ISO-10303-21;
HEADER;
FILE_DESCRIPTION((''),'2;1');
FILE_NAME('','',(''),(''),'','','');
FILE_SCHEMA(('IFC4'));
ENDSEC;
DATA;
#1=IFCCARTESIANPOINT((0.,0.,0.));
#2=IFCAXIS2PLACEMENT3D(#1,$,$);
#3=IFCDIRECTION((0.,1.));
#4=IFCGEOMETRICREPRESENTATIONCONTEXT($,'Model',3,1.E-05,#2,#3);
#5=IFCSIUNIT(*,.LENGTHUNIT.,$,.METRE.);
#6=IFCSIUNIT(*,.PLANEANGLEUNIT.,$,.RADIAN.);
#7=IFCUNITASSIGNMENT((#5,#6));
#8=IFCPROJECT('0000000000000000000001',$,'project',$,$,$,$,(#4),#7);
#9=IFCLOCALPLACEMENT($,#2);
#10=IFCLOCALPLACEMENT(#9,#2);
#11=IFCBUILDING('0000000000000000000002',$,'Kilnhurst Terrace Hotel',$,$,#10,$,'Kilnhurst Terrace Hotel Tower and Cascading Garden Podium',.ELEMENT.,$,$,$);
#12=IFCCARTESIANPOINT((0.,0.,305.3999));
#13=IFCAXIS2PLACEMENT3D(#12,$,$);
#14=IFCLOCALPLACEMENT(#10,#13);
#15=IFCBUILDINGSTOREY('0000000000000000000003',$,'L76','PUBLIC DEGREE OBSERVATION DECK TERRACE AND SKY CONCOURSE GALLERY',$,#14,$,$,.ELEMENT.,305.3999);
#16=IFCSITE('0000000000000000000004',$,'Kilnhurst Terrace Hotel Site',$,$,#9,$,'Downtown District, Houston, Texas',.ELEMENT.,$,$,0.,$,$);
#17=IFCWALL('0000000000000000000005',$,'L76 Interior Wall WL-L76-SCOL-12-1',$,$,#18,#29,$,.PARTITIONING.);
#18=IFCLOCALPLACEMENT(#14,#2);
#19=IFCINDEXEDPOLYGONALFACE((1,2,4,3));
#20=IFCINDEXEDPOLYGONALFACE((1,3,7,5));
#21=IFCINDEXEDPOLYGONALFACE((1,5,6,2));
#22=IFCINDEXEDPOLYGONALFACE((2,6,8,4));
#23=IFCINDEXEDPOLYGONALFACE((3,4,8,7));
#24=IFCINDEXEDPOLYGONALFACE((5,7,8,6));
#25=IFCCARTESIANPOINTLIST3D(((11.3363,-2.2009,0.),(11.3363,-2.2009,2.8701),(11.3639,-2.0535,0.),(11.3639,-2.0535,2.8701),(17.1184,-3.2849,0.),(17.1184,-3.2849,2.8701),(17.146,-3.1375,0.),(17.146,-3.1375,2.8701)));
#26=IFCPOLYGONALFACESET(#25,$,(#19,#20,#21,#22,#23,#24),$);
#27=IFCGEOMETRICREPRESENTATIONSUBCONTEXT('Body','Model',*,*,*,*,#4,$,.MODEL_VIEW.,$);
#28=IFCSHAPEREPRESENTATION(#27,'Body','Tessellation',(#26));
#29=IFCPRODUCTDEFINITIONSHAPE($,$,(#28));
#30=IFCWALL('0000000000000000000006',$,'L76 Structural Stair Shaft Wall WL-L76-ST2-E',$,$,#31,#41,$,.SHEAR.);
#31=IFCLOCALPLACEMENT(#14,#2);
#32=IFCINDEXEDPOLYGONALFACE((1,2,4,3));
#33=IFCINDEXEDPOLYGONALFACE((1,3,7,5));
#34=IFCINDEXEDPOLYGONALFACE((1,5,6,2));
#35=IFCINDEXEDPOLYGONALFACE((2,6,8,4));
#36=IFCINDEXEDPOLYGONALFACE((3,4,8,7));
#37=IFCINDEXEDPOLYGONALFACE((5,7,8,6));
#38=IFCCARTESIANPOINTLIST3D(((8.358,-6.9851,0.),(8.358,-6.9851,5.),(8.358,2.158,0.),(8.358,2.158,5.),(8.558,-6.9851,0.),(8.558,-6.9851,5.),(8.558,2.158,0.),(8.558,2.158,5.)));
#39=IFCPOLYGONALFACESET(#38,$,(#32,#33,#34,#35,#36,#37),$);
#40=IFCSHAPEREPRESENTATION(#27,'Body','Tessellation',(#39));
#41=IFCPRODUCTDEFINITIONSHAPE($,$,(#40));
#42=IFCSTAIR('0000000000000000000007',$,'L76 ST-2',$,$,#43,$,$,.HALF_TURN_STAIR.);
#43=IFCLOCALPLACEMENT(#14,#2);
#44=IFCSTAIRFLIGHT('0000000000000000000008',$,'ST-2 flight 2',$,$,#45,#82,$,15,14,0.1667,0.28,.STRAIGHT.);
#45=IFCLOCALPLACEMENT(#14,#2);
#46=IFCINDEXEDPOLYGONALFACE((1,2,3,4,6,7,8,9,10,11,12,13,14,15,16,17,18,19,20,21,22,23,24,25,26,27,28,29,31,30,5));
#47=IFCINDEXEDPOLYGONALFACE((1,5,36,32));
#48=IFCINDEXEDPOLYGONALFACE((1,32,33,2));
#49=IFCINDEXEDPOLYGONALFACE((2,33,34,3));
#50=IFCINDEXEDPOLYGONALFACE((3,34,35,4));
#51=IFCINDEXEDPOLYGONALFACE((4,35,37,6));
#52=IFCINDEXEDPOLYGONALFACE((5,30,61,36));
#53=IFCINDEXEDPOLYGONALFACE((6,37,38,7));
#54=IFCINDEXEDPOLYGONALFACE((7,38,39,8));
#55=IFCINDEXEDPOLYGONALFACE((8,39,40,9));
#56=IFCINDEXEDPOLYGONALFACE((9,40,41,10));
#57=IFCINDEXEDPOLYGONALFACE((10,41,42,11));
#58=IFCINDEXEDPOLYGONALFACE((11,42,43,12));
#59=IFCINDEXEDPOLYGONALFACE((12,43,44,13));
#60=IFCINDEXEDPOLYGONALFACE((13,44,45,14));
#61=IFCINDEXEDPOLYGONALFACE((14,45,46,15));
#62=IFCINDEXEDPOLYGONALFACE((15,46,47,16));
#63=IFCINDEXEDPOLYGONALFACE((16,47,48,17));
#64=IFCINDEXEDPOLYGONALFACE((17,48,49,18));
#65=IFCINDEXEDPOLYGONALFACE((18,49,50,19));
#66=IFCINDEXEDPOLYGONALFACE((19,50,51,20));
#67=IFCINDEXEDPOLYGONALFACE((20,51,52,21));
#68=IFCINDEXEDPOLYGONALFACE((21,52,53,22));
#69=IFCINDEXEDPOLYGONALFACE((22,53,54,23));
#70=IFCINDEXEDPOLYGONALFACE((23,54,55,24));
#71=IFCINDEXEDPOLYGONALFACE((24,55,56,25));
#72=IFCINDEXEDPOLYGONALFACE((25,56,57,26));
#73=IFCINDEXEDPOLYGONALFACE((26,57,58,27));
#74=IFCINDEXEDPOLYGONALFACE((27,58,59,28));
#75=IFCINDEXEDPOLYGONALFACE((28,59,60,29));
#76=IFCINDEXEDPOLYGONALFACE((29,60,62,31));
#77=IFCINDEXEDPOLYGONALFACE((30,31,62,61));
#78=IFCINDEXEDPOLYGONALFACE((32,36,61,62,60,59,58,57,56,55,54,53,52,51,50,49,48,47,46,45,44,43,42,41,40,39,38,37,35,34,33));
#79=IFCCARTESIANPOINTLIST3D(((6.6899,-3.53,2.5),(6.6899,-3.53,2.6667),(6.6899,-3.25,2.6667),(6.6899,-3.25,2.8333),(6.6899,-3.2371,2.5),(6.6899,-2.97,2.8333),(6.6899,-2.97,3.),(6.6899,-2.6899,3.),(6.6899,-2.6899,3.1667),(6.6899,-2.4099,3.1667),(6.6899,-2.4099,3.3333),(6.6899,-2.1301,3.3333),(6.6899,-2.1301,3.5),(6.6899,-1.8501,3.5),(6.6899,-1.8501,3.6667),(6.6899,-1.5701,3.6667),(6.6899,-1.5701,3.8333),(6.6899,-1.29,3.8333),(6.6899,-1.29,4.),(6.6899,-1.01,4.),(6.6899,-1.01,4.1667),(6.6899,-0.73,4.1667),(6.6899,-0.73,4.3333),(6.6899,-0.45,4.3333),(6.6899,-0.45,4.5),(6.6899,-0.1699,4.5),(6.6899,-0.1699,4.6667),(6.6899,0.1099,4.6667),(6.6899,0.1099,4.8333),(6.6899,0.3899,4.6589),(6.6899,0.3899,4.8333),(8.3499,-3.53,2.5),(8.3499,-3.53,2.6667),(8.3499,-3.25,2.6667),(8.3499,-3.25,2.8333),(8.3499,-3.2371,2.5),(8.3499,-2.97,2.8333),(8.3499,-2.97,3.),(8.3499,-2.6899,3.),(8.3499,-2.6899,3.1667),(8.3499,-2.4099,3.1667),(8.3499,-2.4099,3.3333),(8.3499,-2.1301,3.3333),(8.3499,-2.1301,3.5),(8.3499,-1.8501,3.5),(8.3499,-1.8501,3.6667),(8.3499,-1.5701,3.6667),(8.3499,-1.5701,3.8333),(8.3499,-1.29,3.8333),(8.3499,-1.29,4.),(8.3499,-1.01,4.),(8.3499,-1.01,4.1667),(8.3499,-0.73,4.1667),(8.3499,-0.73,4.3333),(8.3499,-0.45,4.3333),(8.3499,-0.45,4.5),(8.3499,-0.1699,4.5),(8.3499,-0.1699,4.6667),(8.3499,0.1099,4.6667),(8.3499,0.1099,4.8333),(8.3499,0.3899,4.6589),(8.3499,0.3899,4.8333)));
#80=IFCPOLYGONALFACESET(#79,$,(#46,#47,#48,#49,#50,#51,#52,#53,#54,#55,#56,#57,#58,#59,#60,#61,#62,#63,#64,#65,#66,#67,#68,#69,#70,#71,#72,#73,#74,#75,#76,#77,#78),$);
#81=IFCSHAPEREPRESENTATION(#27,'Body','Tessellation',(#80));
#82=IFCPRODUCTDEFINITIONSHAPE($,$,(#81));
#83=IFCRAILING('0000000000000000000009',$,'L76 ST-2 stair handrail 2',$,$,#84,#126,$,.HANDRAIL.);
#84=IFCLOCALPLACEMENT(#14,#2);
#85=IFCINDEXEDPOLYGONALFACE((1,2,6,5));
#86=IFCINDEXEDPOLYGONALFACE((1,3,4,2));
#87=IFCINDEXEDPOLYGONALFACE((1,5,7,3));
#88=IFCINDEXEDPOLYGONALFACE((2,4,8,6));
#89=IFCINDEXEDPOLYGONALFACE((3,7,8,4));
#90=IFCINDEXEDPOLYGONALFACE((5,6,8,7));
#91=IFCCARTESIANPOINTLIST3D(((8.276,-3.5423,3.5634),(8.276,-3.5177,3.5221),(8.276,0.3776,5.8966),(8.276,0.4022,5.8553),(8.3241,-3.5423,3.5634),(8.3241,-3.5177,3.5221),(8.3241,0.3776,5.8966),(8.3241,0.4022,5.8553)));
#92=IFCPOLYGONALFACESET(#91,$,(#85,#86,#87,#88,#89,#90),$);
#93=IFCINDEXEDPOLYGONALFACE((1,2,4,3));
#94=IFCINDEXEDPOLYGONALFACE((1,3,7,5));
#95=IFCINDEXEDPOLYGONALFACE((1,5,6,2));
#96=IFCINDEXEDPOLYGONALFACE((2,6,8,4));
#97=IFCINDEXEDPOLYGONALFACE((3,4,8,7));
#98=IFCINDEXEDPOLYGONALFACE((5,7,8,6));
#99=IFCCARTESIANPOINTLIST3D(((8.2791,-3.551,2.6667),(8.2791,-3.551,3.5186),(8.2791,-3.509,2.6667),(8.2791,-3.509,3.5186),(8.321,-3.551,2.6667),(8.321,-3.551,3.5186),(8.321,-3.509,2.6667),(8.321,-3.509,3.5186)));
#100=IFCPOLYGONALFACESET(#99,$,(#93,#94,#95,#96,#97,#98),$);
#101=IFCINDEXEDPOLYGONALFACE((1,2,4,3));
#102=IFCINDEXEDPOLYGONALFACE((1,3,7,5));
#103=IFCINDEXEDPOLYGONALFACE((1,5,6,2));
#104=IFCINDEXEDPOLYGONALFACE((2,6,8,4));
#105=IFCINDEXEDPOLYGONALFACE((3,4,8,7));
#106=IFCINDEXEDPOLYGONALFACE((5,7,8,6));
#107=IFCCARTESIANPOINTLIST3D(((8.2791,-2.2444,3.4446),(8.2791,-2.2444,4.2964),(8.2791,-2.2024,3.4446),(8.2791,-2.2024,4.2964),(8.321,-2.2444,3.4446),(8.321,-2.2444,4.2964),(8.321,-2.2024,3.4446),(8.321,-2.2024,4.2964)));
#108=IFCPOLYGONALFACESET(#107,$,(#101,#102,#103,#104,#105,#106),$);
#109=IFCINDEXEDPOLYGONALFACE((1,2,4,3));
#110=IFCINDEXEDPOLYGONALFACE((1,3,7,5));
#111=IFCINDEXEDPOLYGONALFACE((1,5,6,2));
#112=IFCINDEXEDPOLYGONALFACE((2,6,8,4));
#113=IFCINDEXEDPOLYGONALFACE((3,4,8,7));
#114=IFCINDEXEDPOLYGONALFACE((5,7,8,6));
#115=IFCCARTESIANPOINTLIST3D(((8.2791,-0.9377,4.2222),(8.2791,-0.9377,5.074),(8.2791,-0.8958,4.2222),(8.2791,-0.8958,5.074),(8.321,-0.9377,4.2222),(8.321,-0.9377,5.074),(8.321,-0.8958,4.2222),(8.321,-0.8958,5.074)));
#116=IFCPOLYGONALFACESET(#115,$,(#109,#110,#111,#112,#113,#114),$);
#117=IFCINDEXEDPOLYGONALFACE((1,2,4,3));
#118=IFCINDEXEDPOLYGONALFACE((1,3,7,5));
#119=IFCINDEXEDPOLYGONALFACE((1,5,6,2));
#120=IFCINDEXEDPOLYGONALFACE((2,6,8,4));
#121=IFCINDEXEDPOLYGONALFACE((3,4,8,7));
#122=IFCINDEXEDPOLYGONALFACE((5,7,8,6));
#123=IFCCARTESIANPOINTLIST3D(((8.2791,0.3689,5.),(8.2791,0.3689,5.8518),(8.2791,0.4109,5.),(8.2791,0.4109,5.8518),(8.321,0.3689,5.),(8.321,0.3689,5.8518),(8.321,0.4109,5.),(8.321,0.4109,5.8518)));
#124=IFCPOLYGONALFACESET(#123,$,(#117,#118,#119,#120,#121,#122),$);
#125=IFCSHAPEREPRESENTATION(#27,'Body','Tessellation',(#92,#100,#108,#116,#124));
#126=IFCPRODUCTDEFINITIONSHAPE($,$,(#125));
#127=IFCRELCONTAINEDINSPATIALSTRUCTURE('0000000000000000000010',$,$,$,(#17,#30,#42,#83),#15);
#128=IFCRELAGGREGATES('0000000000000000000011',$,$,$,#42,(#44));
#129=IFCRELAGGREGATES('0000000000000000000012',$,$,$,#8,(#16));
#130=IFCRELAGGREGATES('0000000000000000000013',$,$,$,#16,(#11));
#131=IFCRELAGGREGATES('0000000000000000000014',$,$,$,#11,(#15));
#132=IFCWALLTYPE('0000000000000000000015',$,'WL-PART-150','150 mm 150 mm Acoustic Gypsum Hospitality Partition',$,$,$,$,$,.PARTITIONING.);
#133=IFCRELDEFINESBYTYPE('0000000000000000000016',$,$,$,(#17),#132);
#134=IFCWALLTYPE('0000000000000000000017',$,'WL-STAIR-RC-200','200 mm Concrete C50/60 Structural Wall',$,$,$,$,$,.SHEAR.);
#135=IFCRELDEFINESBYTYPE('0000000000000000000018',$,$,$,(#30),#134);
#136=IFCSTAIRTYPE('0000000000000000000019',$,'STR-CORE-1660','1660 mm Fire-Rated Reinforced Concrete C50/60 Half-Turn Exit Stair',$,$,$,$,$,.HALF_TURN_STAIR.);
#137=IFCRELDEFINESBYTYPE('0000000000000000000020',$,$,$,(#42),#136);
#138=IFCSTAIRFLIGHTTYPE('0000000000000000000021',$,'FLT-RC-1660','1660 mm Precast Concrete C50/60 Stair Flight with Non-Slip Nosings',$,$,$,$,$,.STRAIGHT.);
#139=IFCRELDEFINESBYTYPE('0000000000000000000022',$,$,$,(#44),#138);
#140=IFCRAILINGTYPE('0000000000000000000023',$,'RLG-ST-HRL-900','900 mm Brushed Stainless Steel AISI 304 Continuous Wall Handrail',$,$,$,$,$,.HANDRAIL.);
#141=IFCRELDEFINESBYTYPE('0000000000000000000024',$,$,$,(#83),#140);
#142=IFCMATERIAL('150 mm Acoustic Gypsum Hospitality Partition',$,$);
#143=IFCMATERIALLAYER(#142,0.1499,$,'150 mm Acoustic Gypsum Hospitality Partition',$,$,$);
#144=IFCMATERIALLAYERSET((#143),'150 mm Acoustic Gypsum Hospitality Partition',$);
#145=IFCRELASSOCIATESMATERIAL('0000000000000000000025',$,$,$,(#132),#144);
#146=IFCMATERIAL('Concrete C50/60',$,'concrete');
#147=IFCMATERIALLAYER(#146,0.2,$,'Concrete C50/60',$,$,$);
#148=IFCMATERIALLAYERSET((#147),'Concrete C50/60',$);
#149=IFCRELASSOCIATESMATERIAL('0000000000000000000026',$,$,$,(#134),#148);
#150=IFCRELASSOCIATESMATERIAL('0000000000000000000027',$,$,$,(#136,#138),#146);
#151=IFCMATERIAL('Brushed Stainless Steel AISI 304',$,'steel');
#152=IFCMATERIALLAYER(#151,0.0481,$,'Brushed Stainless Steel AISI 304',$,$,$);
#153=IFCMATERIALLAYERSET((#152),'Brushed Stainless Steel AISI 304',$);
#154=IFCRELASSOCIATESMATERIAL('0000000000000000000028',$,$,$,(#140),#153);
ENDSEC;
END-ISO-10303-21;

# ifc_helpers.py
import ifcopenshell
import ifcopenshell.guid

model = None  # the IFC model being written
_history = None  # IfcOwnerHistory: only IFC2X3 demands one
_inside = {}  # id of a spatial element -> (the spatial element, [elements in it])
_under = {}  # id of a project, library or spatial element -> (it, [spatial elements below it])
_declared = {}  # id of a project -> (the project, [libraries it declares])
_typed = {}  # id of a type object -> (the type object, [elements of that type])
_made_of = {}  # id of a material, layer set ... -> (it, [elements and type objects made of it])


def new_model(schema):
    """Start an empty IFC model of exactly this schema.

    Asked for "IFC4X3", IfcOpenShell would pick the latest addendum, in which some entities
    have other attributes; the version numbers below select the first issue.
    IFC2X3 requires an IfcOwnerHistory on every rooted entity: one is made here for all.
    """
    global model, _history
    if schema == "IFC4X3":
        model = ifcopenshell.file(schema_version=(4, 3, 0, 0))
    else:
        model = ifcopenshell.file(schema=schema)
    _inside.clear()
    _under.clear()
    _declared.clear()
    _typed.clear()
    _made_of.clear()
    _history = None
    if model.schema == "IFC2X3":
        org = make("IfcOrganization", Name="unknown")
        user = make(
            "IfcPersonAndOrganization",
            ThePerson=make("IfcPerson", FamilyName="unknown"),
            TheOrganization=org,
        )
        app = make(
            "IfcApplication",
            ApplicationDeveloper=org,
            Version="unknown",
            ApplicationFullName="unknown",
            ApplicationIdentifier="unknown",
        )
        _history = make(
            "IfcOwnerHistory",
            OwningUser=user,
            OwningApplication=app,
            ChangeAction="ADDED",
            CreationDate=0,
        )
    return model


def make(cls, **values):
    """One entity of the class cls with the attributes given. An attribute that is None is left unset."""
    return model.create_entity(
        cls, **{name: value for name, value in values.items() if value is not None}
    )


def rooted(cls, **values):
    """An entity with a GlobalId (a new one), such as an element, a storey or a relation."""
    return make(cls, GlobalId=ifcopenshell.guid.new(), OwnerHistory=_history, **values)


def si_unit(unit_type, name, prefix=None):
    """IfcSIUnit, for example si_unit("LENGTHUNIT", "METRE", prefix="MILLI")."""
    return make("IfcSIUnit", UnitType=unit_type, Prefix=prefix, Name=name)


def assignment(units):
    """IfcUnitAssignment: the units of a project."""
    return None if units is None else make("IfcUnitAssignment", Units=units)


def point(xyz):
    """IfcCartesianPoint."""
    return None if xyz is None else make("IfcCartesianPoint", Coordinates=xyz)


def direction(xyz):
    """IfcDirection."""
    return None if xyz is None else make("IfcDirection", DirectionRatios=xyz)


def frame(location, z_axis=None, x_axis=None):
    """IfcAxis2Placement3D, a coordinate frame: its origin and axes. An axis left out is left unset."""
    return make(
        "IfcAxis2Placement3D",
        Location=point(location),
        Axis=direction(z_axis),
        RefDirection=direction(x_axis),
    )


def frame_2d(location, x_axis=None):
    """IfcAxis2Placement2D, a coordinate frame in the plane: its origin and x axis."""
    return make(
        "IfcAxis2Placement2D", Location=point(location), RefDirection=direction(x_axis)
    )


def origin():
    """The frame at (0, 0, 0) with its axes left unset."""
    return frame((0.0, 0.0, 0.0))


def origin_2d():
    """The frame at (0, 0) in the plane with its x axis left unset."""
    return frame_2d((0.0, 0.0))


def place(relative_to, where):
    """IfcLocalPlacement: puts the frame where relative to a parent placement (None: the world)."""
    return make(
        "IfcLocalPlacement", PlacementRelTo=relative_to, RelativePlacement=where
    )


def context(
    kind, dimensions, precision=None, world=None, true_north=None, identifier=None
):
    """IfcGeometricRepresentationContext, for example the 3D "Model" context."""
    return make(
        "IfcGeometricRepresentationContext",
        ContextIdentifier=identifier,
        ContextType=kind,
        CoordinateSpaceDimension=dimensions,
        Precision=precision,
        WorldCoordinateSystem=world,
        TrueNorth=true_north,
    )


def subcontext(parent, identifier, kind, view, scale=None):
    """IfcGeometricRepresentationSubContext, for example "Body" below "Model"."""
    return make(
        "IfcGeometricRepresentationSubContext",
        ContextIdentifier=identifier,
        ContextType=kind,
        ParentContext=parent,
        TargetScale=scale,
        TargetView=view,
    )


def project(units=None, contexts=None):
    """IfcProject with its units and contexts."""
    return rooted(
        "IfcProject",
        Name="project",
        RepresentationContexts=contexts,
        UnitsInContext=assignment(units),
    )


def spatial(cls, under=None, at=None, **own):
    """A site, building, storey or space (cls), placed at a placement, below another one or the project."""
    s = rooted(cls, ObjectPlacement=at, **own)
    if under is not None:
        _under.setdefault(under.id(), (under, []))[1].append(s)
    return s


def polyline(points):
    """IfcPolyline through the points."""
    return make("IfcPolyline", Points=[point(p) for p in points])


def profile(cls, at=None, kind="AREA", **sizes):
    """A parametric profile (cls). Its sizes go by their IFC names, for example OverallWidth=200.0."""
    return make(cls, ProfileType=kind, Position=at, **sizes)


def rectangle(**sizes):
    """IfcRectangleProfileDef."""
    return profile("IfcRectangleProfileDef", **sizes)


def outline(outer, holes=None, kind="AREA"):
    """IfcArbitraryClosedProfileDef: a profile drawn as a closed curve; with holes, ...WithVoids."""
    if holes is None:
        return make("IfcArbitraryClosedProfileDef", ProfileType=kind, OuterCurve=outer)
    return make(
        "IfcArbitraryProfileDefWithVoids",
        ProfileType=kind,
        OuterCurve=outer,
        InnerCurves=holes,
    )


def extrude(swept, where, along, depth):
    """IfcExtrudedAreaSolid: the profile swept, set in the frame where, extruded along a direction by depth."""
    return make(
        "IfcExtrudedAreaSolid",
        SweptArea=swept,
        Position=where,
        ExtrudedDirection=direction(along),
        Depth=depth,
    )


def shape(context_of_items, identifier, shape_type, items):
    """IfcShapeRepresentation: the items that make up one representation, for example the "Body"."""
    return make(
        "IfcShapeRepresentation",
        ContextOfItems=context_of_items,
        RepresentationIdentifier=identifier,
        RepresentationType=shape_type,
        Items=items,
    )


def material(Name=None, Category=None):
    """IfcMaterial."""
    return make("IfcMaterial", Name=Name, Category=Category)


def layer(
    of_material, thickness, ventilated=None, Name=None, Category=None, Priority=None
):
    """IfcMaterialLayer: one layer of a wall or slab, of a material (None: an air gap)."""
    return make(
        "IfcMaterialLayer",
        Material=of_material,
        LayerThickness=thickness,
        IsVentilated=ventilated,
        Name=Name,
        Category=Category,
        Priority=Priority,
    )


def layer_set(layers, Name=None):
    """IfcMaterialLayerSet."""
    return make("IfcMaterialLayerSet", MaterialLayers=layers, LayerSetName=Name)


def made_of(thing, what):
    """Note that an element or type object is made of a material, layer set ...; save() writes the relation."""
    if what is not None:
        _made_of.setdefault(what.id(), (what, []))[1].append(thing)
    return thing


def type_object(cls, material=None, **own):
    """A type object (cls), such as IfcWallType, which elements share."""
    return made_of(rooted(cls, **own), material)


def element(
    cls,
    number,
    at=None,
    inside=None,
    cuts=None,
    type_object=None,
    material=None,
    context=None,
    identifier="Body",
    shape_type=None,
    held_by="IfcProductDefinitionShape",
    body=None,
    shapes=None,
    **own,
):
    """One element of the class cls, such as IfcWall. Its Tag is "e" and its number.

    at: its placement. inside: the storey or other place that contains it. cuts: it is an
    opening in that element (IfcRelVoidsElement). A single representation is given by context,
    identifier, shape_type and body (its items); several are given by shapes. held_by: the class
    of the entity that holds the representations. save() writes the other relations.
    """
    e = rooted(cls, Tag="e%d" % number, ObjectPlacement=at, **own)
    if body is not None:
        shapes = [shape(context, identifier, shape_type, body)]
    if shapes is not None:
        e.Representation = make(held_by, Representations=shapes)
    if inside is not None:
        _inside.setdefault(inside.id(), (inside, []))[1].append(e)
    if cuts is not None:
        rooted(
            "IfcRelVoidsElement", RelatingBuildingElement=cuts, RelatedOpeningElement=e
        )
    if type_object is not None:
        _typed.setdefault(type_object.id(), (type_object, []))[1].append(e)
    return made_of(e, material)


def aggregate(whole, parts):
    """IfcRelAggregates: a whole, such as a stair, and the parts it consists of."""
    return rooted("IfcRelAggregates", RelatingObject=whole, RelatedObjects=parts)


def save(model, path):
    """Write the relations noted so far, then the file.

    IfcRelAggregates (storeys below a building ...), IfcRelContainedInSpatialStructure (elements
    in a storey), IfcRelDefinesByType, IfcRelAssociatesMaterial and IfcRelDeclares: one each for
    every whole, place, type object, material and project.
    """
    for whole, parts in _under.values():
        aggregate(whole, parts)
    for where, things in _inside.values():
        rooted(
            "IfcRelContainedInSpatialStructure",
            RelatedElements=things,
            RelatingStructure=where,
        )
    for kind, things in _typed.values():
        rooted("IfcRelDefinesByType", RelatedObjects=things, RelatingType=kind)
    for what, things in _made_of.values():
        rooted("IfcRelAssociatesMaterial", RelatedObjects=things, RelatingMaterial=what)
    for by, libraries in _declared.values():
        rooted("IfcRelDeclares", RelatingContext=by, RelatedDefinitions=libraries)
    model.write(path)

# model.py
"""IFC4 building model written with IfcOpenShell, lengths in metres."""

from ifc_helpers import new_model, si_unit, direction, frame, frame_2d, origin, origin_2d, place, context, subcontext, project, spatial, polyline, rectangle, outline, extrude, material, layer, layer_set, type_object, element, aggregate, save


model = new_model("IFC4")

# Units and contexts
model_context = context("Model", 3, precision=1e-05, world=origin(), true_north=direction((0.0, 1.0)))
body_context = subcontext(model_context, "Body", "Model", "MODEL_VIEW")
ifc_project = project(units=[si_unit("LENGTHUNIT", "METRE"), si_unit("PLANEANGLEUNIT", "RADIAN")], contexts=[model_context])

# Site, building, storey
site_placement = place(None, origin())
site = spatial("IfcSite", under=ifc_project, at=site_placement, Name="Kilnhurst Terrace Hotel Site", LongName="Downtown District, Houston, Texas", CompositionType="ELEMENT", RefElevation=0.0)
building_placement = place(site_placement, origin())
building = spatial("IfcBuilding", under=site, at=building_placement, Name="Kilnhurst Terrace Hotel", LongName="Kilnhurst Terrace Hotel Tower and Cascading Garden Podium", CompositionType="ELEMENT")
storey_placement = place(building_placement, frame((0.0, 0.0, 305.3999)))
storey = spatial("IfcBuildingStorey", under=building, at=storey_placement, Name="L76", Description="PUBLIC DEGREE OBSERVATION DECK TERRACE AND SKY CONCOURSE GALLERY", CompositionType="ELEMENT", Elevation=305.3999)

# Walls
ifc_material_1 = material(Name="150 mm Acoustic Gypsum Hospitality Partition")
ifc_layer_1 = layer(ifc_material_1, 0.1499, Name="150 mm Acoustic Gypsum Hospitality Partition")
ifc_layer_set_1 = layer_set([ifc_layer_1], Name="150 mm Acoustic Gypsum Hospitality Partition")
wall_type_1 = type_object("IfcWallType", Name="WL-PART-150", Description="150 mm 150 mm Acoustic Gypsum Hospitality Partition", PredefinedType="PARTITIONING", material=ifc_layer_set_1)
wall_1_placement = place(storey_placement, frame((11.3501, -2.1272, 0.0), z_axis=(0.0, 0.0, 1.0), x_axis=(0.982876, -0.184266, 0.0)))
element("IfcWall", 1, at=wall_1_placement, inside=storey, type_object=wall_type_1, Name="L76 Interior Wall WL-L76-SCOL-12-1", PredefinedType="PARTITIONING", context=body_context, shape_type="SweptSolid", body=[
    extrude(rectangle(XDim=5.8828, YDim=0.1499, at=frame_2d((2.9414, 0.0))), origin(), (0.0, 0.0, 1.0), 2.8701),
])
ifc_material_2 = material(Name="Concrete C50/60", Category="concrete")
ifc_layer_2 = layer(ifc_material_2, 0.2, Name="Concrete C50/60")
ifc_layer_set_2 = layer_set([ifc_layer_2], Name="Concrete C50/60")
wall_type_2 = type_object("IfcWallType", Name="WL-STAIR-RC-200", Description="200 mm Concrete C50/60 Structural Wall", PredefinedType="SHEAR", material=ifc_layer_set_2)
wall_2_placement = place(storey_placement, frame((8.458, -6.9851, 0.0), z_axis=(0.0, 0.0, 1.0), x_axis=(0.0, 1.0, 0.0)))
element("IfcWall", 2, at=wall_2_placement, inside=storey, type_object=wall_type_2, Name="L76 Structural Stair Shaft Wall WL-L76-ST2-E", PredefinedType="SHEAR", context=body_context, shape_type="SweptSolid", body=[
    extrude(rectangle(XDim=9.1431, YDim=0.2, at=frame_2d((4.5715, 0.0))), origin(), (0.0, 0.0, 1.0), 5.0),
])

# Stair, stair flight
stair_type = type_object("IfcStairType", Name="STR-CORE-1660", Description="1660 mm Fire-Rated Reinforced Concrete C50/60 Half-Turn Exit Stair", PredefinedType="HALF_TURN_STAIR", material=ifc_material_2)
stair_placement = place(storey_placement, origin())
stair = element("IfcStair", 3, at=stair_placement, inside=storey, type_object=stair_type, Name="L76 ST-2", PredefinedType="HALF_TURN_STAIR")
stair_flight_type = type_object("IfcStairFlightType", Name="FLT-RC-1660", Description="1660 mm Precast Concrete C50/60 Stair Flight with Non-Slip Nosings", PredefinedType="STRAIGHT", material=ifc_material_2)
stair_flight_placement = place(storey_placement, frame((7.52, -3.53, 2.5), z_axis=(0.0, 0.0, 1.0), x_axis=(0.0, 1.0, 0.0)))
stair_flight = element("IfcStairFlight", 4, at=stair_flight_placement, type_object=stair_flight_type, Name="ST-2 flight 2", NumberOfRisers=15, NumberOfTreads=14, PredefinedType="STRAIGHT", RiserHeight=0.1667, TreadLength=0.28, context=body_context, shape_type="SweptSolid", body=[
    extrude(outline(polyline([(0.0, 0.0), (0.0, 0.1667), (0.28, 0.1667), (0.28, 0.3333), (0.5601, 0.3333), (0.5601, 0.5), (0.8401, 0.5), (0.8401, 0.6667), (1.1201, 0.6667), (1.1201, 0.8333), (1.3999, 0.8333), (1.3999, 1.0), (1.6799, 1.0), (1.6799, 1.1667), (1.96, 1.1667), (1.96, 1.3333), (2.24, 1.3333), (2.24, 1.5), (2.52, 1.5), (2.52, 1.6667), (2.8, 1.6667), (2.8, 1.8333), (3.0801, 1.8333), (3.0801, 2.0), (3.3601, 2.0), (3.3601, 2.1667), (3.6399, 2.1667), (3.6399, 2.3333), (3.9199, 2.3333), (3.9199, 2.5), (3.9199, 2.1589), (0.293, 0.0), (0.0, 0.0)])), frame((0.0, 0.8301, 0.0), z_axis=(0.0, -1.0, 0.0), x_axis=(1.0, 0.0, 0.0)), (0.0, 0.0, 1.0), 1.6599),
])
aggregate(stair, [stair_flight])

# Railing
ifc_material_3 = material(Name="Brushed Stainless Steel AISI 304", Category="steel")
ifc_layer_3 = layer(ifc_material_3, 0.0481, Name="Brushed Stainless Steel AISI 304")
ifc_layer_set_3 = layer_set([ifc_layer_3], Name="Brushed Stainless Steel AISI 304")
railing_type = type_object("IfcRailingType", Name="RLG-ST-HRL-900", Description="900 mm Brushed Stainless Steel AISI 304 Continuous Wall Handrail", PredefinedType="HANDRAIL", material=ifc_layer_set_3)
railing_placement = place(storey_placement, frame((8.3, -3.53, 2.6667)))
element("IfcRailing", 5, at=railing_placement, inside=storey, type_object=railing_type, Name="L76 ST-2 stair handrail 2", PredefinedType="HANDRAIL", context=body_context, shape_type="SweptSolid", body=[
    extrude(rectangle(XDim=0.0481, YDim=0.0481, at=origin_2d()), frame((0.0, 0.0, 0.876), z_axis=(0.0, 0.859296, 0.511478), x_axis=(-1.0, 0.0, 0.0)), (0.0, 0.0, 1.0), 4.5618),
    extrude(rectangle(XDim=0.042, YDim=0.042, at=origin_2d()), origin(), (0.0, 0.0, 1.0), 0.8518),
    extrude(rectangle(XDim=0.042, YDim=0.042, at=origin_2d()), frame((0.0, 1.3066, 0.7778)), (0.0, 0.0, 1.0), 0.8518),
    extrude(rectangle(XDim=0.042, YDim=0.042, at=origin_2d()), frame((0.0, 2.6133, 1.5554)), (0.0, 0.0, 1.0), 0.8518),
    extrude(rectangle(XDim=0.042, YDim=0.042, at=origin_2d()), frame((0.0, 3.9199, 2.3333)), (0.0, 0.0, 1.0), 0.8518),
])

save(model, "model.ifc")
